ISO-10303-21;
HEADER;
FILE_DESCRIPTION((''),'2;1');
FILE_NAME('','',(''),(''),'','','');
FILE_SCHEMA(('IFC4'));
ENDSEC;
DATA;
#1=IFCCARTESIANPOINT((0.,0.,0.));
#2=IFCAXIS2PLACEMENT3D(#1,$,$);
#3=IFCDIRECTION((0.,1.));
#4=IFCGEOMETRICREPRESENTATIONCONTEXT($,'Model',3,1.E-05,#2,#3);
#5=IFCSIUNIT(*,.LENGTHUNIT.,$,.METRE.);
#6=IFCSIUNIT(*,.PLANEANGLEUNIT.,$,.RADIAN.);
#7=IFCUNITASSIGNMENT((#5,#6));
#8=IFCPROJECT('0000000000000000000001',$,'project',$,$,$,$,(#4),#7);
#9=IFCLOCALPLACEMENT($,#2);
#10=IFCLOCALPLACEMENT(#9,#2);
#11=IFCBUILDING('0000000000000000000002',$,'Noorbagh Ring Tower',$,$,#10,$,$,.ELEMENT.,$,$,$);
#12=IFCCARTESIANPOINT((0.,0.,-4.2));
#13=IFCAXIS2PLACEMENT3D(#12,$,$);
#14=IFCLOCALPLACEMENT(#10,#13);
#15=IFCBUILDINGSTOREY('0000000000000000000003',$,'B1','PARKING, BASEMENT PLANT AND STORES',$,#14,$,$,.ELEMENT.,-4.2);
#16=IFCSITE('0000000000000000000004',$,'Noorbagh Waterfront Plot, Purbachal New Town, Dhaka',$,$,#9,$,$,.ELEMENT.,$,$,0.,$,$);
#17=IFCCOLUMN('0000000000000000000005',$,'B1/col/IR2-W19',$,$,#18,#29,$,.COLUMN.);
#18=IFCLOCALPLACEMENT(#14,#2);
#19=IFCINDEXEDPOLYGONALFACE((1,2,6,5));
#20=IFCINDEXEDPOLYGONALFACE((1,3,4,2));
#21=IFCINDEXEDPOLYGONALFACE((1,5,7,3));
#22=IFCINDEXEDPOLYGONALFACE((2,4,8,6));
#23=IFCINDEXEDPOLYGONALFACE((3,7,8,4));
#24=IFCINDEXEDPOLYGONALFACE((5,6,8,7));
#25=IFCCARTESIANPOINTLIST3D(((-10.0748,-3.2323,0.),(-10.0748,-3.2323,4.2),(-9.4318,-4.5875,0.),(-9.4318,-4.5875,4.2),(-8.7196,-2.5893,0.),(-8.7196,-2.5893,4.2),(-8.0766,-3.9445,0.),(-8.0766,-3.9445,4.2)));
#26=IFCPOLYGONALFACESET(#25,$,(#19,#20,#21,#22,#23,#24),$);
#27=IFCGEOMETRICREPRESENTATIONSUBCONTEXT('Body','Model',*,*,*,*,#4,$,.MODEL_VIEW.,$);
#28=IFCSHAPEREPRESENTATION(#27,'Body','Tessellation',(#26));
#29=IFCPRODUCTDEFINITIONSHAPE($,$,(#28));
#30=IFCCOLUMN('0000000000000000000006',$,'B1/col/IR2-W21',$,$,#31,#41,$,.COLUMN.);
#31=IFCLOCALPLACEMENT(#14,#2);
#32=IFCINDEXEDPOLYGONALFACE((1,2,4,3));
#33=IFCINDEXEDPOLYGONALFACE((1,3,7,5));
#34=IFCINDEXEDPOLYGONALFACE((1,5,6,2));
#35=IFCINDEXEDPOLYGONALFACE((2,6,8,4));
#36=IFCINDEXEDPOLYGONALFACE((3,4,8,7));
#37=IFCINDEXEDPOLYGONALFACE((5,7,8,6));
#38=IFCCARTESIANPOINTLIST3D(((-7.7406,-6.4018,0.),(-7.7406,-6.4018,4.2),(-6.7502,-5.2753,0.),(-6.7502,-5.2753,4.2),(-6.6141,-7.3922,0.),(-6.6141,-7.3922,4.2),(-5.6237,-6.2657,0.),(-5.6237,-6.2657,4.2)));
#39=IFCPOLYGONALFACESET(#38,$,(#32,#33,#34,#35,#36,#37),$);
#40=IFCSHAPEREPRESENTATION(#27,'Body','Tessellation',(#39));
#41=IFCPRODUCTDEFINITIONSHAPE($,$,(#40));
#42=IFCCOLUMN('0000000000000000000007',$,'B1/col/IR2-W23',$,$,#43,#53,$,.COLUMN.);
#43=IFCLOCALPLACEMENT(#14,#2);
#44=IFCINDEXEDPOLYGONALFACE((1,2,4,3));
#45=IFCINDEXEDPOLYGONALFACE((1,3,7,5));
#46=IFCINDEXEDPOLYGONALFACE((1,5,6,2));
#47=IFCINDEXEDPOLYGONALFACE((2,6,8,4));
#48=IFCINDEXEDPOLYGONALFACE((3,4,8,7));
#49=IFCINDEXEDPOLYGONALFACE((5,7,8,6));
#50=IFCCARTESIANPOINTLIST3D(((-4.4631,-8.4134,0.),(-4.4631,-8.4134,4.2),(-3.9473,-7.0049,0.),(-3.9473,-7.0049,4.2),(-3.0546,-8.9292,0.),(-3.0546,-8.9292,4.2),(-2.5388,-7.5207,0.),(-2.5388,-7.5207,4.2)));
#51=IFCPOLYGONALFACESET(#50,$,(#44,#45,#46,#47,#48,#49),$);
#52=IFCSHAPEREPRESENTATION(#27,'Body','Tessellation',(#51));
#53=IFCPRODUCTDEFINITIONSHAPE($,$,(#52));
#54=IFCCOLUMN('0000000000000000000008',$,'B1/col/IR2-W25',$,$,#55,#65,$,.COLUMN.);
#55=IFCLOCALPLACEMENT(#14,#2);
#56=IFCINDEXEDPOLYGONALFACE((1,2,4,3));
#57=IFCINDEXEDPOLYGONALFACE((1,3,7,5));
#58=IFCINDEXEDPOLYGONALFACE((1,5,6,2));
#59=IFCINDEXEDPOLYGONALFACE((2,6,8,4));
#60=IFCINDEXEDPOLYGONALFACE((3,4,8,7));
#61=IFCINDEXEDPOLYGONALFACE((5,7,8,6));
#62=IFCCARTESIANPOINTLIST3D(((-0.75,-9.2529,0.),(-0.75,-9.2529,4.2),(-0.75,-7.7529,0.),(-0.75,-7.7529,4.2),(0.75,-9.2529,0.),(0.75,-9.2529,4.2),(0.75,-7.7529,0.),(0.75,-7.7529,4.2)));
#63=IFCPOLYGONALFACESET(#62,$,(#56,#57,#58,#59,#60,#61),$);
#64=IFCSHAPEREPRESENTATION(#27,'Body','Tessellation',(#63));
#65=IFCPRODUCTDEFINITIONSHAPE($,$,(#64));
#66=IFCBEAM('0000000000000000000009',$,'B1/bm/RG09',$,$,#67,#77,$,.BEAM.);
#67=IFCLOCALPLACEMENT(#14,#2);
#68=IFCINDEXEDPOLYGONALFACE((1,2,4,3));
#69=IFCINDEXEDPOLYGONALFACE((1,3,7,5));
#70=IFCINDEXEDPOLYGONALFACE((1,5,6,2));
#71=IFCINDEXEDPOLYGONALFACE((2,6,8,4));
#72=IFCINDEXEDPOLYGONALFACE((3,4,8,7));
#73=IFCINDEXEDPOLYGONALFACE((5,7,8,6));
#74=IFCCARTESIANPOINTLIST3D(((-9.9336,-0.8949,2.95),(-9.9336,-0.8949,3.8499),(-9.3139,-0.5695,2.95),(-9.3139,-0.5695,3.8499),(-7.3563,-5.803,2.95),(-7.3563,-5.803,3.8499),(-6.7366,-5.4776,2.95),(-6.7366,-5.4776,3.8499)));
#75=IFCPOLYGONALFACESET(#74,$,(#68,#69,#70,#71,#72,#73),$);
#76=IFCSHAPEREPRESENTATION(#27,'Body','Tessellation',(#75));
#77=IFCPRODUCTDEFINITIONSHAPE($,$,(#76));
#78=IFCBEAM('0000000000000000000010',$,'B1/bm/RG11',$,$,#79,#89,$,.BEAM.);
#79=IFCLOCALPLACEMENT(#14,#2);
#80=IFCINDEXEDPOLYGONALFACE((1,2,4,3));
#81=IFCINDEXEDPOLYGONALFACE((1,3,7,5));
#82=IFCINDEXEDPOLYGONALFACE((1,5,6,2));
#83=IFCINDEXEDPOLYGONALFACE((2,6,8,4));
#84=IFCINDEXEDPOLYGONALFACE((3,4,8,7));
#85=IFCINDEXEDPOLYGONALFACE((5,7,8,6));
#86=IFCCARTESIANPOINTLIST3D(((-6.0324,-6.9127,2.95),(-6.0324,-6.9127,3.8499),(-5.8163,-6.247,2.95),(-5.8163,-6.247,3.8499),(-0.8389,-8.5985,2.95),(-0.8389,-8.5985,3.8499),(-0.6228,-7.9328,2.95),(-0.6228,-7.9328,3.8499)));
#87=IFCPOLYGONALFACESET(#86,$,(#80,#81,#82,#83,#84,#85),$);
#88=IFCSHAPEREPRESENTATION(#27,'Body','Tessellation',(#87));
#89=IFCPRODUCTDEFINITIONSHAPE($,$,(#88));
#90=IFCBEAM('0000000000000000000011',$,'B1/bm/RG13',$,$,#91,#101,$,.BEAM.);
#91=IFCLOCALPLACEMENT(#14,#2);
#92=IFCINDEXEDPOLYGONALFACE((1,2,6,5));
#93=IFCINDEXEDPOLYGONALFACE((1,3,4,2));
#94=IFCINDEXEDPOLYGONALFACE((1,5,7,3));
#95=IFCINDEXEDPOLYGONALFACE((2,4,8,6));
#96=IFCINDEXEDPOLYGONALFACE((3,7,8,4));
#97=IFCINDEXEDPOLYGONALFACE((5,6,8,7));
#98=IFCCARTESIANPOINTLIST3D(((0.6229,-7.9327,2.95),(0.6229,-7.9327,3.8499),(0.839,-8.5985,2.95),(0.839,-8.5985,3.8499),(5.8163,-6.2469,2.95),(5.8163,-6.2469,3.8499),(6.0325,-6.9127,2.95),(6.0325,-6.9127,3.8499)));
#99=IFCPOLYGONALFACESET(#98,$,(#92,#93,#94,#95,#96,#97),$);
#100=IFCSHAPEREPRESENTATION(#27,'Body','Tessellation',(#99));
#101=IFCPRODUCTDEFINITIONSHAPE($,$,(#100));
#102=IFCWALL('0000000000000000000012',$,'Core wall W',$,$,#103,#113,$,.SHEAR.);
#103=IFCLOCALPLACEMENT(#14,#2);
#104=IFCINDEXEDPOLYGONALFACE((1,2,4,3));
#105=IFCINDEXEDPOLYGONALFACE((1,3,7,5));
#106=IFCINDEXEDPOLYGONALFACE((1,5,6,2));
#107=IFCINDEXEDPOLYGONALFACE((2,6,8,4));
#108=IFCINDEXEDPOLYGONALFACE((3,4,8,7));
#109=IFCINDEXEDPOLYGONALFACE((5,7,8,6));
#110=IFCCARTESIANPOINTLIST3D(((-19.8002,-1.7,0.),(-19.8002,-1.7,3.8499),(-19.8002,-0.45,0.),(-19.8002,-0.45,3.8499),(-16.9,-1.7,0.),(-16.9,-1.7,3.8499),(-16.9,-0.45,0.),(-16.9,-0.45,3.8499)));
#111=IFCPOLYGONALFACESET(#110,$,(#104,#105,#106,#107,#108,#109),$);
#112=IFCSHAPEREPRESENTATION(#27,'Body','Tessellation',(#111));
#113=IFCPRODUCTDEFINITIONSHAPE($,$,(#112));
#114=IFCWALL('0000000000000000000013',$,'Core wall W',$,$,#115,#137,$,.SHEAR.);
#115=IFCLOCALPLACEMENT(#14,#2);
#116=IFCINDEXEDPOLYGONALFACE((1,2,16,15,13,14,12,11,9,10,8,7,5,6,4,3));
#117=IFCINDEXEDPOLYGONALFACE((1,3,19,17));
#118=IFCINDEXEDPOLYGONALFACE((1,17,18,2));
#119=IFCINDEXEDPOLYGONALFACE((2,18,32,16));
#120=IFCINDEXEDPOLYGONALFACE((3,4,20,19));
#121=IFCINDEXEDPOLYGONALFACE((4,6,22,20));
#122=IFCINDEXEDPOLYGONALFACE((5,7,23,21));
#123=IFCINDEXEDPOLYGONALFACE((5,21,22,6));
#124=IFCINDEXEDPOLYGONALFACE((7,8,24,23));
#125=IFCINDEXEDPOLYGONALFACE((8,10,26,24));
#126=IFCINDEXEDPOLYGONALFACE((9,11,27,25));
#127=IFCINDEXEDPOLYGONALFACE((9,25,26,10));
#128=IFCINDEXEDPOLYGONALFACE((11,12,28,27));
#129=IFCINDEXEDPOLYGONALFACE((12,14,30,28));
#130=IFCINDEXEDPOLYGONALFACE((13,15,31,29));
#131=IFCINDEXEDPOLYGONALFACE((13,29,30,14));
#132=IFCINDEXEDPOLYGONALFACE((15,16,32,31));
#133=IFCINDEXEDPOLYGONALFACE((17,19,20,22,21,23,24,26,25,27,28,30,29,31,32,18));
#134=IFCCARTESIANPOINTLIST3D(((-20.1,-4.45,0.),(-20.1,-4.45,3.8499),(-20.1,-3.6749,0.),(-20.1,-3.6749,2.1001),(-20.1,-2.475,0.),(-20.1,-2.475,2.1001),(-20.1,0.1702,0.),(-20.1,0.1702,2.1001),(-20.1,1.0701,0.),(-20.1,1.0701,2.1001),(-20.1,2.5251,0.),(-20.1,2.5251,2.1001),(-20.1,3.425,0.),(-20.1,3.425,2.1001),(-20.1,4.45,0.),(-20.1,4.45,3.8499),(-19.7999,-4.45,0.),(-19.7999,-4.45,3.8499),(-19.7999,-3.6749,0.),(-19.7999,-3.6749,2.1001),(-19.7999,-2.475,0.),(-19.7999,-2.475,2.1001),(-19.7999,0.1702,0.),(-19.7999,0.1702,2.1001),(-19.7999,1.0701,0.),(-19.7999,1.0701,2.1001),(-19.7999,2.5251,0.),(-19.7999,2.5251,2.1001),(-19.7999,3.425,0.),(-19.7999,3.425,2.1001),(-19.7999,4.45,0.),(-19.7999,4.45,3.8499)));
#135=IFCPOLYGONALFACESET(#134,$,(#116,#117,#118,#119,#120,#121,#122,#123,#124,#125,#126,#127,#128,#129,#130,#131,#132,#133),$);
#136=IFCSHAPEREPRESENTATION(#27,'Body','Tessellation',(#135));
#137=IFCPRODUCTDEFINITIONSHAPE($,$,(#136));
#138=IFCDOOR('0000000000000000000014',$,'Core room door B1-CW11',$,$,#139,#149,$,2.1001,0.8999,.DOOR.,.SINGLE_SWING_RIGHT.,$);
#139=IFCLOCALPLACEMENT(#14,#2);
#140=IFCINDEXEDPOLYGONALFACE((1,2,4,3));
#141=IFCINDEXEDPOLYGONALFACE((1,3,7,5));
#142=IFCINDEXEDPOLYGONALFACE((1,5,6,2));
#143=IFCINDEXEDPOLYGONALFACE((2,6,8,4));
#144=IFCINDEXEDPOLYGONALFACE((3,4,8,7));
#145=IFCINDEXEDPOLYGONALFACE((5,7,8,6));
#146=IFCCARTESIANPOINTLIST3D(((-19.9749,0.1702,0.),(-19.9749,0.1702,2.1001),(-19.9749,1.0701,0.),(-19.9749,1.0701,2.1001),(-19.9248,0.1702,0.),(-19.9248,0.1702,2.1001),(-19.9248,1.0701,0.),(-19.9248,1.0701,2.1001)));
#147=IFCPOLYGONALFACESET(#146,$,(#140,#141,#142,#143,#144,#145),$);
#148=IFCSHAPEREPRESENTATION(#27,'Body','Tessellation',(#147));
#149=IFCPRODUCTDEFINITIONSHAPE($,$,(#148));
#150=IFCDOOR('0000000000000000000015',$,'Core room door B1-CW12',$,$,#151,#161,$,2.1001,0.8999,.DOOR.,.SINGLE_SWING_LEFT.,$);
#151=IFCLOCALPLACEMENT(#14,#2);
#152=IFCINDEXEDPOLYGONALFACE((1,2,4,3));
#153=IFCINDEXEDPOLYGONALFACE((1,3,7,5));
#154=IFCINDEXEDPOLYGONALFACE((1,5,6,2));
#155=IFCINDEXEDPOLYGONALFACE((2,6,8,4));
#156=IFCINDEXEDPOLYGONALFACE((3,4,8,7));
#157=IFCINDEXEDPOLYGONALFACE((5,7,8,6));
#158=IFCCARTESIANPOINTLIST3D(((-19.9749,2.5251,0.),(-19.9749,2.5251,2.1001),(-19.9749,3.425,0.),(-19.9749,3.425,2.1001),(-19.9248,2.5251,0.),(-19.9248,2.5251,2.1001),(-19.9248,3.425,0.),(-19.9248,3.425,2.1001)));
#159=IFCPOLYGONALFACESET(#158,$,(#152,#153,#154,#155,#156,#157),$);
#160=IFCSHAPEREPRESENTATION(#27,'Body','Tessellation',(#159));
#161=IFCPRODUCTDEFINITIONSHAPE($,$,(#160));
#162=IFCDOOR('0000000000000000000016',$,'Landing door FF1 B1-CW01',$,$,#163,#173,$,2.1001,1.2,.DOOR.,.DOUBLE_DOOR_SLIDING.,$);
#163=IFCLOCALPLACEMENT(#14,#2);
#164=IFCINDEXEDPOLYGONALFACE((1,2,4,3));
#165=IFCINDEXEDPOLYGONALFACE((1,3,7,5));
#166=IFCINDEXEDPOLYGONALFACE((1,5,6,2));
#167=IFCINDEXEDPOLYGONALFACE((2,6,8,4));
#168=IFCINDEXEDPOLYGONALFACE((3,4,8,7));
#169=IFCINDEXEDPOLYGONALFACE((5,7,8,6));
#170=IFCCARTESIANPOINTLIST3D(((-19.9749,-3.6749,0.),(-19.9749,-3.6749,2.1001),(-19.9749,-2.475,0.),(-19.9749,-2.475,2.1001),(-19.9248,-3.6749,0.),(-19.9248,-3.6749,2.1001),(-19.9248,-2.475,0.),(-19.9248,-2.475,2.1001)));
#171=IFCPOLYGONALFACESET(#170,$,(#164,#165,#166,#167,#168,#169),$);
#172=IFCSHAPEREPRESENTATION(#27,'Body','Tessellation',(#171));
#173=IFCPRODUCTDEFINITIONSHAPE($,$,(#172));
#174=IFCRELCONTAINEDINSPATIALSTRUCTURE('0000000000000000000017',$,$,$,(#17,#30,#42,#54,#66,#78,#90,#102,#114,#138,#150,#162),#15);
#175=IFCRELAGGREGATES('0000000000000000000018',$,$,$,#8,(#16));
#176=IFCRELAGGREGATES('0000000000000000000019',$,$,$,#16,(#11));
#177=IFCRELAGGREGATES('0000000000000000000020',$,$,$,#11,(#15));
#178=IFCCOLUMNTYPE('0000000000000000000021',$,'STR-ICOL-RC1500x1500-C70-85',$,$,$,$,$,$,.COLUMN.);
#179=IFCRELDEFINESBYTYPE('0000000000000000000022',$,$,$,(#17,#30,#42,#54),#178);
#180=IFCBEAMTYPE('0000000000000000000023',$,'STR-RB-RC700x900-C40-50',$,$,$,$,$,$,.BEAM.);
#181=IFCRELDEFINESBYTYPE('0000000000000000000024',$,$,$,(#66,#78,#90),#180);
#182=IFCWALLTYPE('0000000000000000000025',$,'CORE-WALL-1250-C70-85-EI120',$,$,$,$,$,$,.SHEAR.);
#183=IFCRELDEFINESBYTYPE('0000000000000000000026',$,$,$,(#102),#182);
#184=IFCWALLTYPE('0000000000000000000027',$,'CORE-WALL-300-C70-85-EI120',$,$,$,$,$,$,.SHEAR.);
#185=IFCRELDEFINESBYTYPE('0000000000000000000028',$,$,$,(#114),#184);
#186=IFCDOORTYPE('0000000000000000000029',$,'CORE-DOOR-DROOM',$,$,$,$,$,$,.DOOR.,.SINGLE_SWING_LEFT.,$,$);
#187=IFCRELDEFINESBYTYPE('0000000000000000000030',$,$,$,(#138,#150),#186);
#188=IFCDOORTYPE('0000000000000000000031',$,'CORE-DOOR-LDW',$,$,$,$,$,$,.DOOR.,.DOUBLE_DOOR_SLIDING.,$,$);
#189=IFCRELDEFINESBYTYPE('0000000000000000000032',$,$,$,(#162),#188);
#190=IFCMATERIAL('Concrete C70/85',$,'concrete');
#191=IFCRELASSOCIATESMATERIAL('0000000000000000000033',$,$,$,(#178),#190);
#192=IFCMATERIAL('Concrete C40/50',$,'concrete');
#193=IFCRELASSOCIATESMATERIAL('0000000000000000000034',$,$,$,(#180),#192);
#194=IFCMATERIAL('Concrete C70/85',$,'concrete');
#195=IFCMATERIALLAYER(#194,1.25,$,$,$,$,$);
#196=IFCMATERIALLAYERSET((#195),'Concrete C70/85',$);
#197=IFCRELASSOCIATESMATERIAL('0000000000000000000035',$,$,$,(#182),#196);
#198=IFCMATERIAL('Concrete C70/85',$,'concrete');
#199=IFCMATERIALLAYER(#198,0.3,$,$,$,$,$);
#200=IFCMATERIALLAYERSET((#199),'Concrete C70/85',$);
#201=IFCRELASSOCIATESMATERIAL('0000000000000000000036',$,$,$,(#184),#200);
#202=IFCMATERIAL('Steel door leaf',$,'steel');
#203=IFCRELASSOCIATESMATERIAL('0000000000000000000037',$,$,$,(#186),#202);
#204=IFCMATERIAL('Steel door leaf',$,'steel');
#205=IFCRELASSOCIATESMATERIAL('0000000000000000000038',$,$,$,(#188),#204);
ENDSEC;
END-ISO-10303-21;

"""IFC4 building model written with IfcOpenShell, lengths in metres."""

from ifc_helpers import new_model, si_unit, direction, frame, frame_2d, origin, origin_2d, place, context, subcontext, project, spatial, rectangle, extrude, material, layer, layer_set, material_profile, profile_set, type_object, element, fill, save


model = new_model("IFC4")

# Units and contexts
model_context = context("Model", 3, precision=1e-05, world=origin(), true_north=direction((0.0, 1.0)))
body_context = subcontext(model_context, "Body", "Model", "MODEL_VIEW")
ifc_project = project(units=[si_unit("LENGTHUNIT", "METRE"), si_unit("PLANEANGLEUNIT", "RADIAN")], contexts=[model_context])

# Site, building, storey
site_placement = place(None, origin())
site = spatial("IfcSite", under=ifc_project, at=site_placement, Name="Noorbagh Waterfront Plot, Purbachal New Town, Dhaka", CompositionType="ELEMENT", RefElevation=0.0)
building_placement = place(site_placement, origin())
building = spatial("IfcBuilding", under=site, at=building_placement, Name="Noorbagh Ring Tower", CompositionType="ELEMENT")
storey_placement = place(building_placement, frame((0.0, 0.0, -4.2)))
storey = spatial("IfcBuildingStorey", under=building, at=storey_placement, Name="B1", Description="PARKING, BASEMENT PLANT AND STORES", CompositionType="ELEMENT", Elevation=-4.2)

# Columns
ifc_material_1 = material(Name="Concrete C70/85", Category="concrete")
ifc_material_profile_1 = material_profile(ifc_material_1, rectangle(XDim=1.5, YDim=1.5, at=origin_2d()), Name="RC1500x1500")
ifc_profile_set_1 = profile_set([ifc_material_profile_1], Name="Concrete C70/85")
column_type = type_object("IfcColumnType", Name="STR-ICOL-RC1500x1500-C70-85", PredefinedType="COLUMN", material=ifc_profile_set_1)
for number, where, z_axis, x_axis, name in (
    (1, (-9.0757, -3.5884, 0.0), (0.0, 0.0, 1.0), (0.428667, -0.903463, 0.0), "B1/col/IR2-W19"),
    (2, (-6.6821, -6.3337, 0.0), (0.0, 0.0, 1.0), (0.751022, -0.660277, 0.0), "B1/col/IR2-W21"),
    (3, (-3.501, -7.967, 0.0), (0.0, 0.0, 1.0), (0.93902, -0.343864, 0.0), "B1/col/IR2-W23"),
    (4, (0.0, -8.5029, 0.0), (0.0, 0.0, 1.0), (1.0, 0.0, 0.0), "B1/col/IR2-W25"),
):
    element("IfcColumn", number, at=place(storey_placement, frame(where, z_axis=z_axis, x_axis=x_axis)), inside=storey, type_object=column_type, Name=name, PredefinedType="COLUMN", context=body_context, shape_type="SweptSolid", body=[
        extrude(rectangle(XDim=1.5, YDim=1.5, at=origin_2d()), origin(), (0.0, 0.0, 1.0), 4.2),
    ])

# Beams
ifc_material_2 = material(Name="Concrete C40/50", Category="concrete")
ifc_material_profile_2 = material_profile(ifc_material_2, rectangle(XDim=0.7, YDim=0.8999, at=origin_2d()), Name="RC700x900")
ifc_profile_set_2 = profile_set([ifc_material_profile_2], Name="Concrete C40/50")
beam_type = type_object("IfcBeamType", Name="STR-RB-RC700x900-C40-50", PredefinedType="BEAM", material=ifc_profile_set_2)
beam_placement = place(storey_placement, frame((-9.6238, -0.7322, 3.3999), z_axis=(0.464917, -0.885354, 0.0), x_axis=(0.885354, 0.464917, 0.0)))
element("IfcBeam", 5, at=beam_placement, inside=storey, type_object=beam_type, Name="B1/bm/RG09", PredefinedType="BEAM", context=body_context, shape_type="SweptSolid", body=[
    extrude(rectangle(XDim=0.7, YDim=0.8999, at=origin_2d()), origin(), (0.0, 0.0, 1.0), 5.5437),
])
for number, where, z_axis, x_axis, name in (
    (6, (-5.9243, -6.5798, 3.3999), (0.951144, -0.308746, 0.0), (0.308746, 0.951144, 0.0), "B1/bm/RG11"),
    (7, (0.731, -8.2656, 3.3999), (0.951144, 0.308746, 0.0), (-0.308746, 0.951144, 0.0), "B1/bm/RG13"),
):
    element("IfcBeam", number, at=place(storey_placement, frame(where, z_axis=z_axis, x_axis=x_axis)), inside=storey, type_object=beam_type, Name=name, PredefinedType="BEAM", context=body_context, shape_type="SweptSolid", body=[
        extrude(rectangle(XDim=0.7, YDim=0.8999, at=origin_2d()), origin(), (0.0, 0.0, 1.0), 5.4602),
    ])

# Wall
ifc_material_3 = material(Name="Concrete C70/85", Category="concrete")
ifc_layer_1 = layer(ifc_material_3, 1.25)
ifc_layer_set_1 = layer_set([ifc_layer_1], Name="Concrete C70/85")
wall_type_1 = type_object("IfcWallType", Name="CORE-WALL-1250-C70-85-EI120", PredefinedType="SHEAR", material=ifc_layer_set_1)
wall_1_placement = place(storey_placement, frame((-16.8999, -1.075, 0.0), z_axis=(0.0, 0.0, 1.0), x_axis=(-1.0, 0.0, 0.0)))
element("IfcWall", 8, at=wall_1_placement, inside=storey, type_object=wall_type_1, Name="Core wall W", PredefinedType="SHEAR", context=body_context, shape_type="SweptSolid", body=[
    extrude(rectangle(XDim=2.9001, YDim=1.25, at=frame_2d((1.4502, 0.0))), origin(), (0.0, 0.0, 1.0), 3.8499),
])

# Wall, openings, doors
ifc_material_4 = material(Name="Concrete C70/85", Category="concrete")
ifc_layer_2 = layer(ifc_material_4, 0.3)
ifc_layer_set_2 = layer_set([ifc_layer_2], Name="Concrete C70/85")
wall_type_2 = type_object("IfcWallType", Name="CORE-WALL-300-C70-85-EI120", PredefinedType="SHEAR", material=ifc_layer_set_2)
wall_2_placement = place(storey_placement, frame((-19.95, -4.45, 0.0), z_axis=(0.0, 0.0, 1.0), x_axis=(0.0, 1.0, 0.0)))
wall_2 = element("IfcWall", 9, at=wall_2_placement, inside=storey, type_object=wall_type_2, Name="Core wall W", PredefinedType="SHEAR", context=body_context, shape_type="SweptSolid", body=[
    extrude(rectangle(XDim=8.8999, YDim=0.3, at=frame_2d((4.45, 0.0))), origin(), (0.0, 0.0, 1.0), 3.8499),
])
opening_1_placement = place(wall_2_placement, frame((0.7749, 0.0, 0.0)))
opening_1 = element("IfcOpeningElement", 10, at=opening_1_placement, cuts=wall_2, PredefinedType="OPENING", context=body_context, shape_type="SweptSolid", body=[
    extrude(rectangle(XDim=1.2, YDim=2.1001, at=frame_2d((0.6001, 1.05))), frame((0.0, 0.1602, 0.0), z_axis=(0.0, -1.0, 0.0), x_axis=(1.0, 0.0, 0.0)), (0.0, 0.0, 1.0), 0.3201),
])
opening_2_placement = place(wall_2_placement, frame((4.6201, 0.0, 0.0)))
opening_2 = element("IfcOpeningElement", 11, at=opening_2_placement, cuts=wall_2, PredefinedType="OPENING", context=body_context, shape_type="SweptSolid", body=[
    extrude(rectangle(XDim=0.8999, YDim=2.1001, at=frame_2d((0.45, 1.05))), frame((0.0, 0.1602, 0.0), z_axis=(0.0, -1.0, 0.0), x_axis=(1.0, 0.0, 0.0)), (0.0, 0.0, 1.0), 0.3201),
])
opening_3_placement = place(wall_2_placement, frame((6.9751, 0.0, 0.0)))
opening_3 = element("IfcOpeningElement", 12, at=opening_3_placement, cuts=wall_2, PredefinedType="OPENING", context=body_context, shape_type="SweptSolid", body=[
    extrude(rectangle(XDim=0.8999, YDim=2.1001, at=frame_2d((0.45, 1.05))), frame((0.0, 0.1602, 0.0), z_axis=(0.0, -1.0, 0.0), x_axis=(1.0, 0.0, 0.0)), (0.0, 0.0, 1.0), 0.3201),
])
ifc_material_5 = material(Name="Steel door leaf", Category="steel")
door_type_1 = type_object("IfcDoorType", Name="CORE-DOOR-DROOM", OperationType="SINGLE_SWING_LEFT", PredefinedType="DOOR", material=ifc_material_5)
door_1_placement = place(opening_2_placement, origin())
door_1 = element("IfcDoor", 13, at=door_1_placement, inside=storey, type_object=door_type_1, Name="Core room door B1-CW11", OperationType="SINGLE_SWING_RIGHT", OverallHeight=2.1001, OverallWidth=0.8999, PredefinedType="DOOR", context=body_context, shape_type="SweptSolid", body=[
    extrude(rectangle(XDim=0.8999, YDim=2.1001, at=frame_2d((0.45, 1.05))), frame((0.0, 0.0249, 0.0), z_axis=(0.0, -1.0, 0.0), x_axis=(1.0, 0.0, 0.0)), (0.0, 0.0, 1.0), 0.05),
])
fill(opening_2, door_1)
door_2_placement = place(opening_3_placement, origin())
door_2 = element("IfcDoor", 14, at=door_2_placement, inside=storey, type_object=door_type_1, Name="Core room door B1-CW12", OperationType="SINGLE_SWING_LEFT", OverallHeight=2.1001, OverallWidth=0.8999, PredefinedType="DOOR", context=body_context, shape_type="SweptSolid", body=[
    extrude(rectangle(XDim=0.8999, YDim=2.1001, at=frame_2d((0.45, 1.05))), frame((0.0, 0.0249, 0.0), z_axis=(0.0, -1.0, 0.0), x_axis=(1.0, 0.0, 0.0)), (0.0, 0.0, 1.0), 0.05),
])
fill(opening_3, door_2)
ifc_material_6 = material(Name="Steel door leaf", Category="steel")
door_type_2 = type_object("IfcDoorType", Name="CORE-DOOR-LDW", OperationType="DOUBLE_DOOR_SLIDING", PredefinedType="DOOR", material=ifc_material_6)
door_3_placement = place(opening_1_placement, origin())
door_3 = element("IfcDoor", 15, at=door_3_placement, inside=storey, type_object=door_type_2, Name="Landing door FF1 B1-CW01", OperationType="DOUBLE_DOOR_SLIDING", OverallHeight=2.1001, OverallWidth=1.2, PredefinedType="DOOR", context=body_context, shape_type="SweptSolid", body=[
    extrude(rectangle(XDim=1.2, YDim=2.1001, at=frame_2d((0.6001, 1.05))), frame((0.0, 0.0249, 0.0), z_axis=(0.0, -1.0, 0.0), x_axis=(1.0, 0.0, 0.0)), (0.0, 0.0, 1.0), 0.05),
])
fill(opening_1, door_3)

save(model, "model.ifc")
